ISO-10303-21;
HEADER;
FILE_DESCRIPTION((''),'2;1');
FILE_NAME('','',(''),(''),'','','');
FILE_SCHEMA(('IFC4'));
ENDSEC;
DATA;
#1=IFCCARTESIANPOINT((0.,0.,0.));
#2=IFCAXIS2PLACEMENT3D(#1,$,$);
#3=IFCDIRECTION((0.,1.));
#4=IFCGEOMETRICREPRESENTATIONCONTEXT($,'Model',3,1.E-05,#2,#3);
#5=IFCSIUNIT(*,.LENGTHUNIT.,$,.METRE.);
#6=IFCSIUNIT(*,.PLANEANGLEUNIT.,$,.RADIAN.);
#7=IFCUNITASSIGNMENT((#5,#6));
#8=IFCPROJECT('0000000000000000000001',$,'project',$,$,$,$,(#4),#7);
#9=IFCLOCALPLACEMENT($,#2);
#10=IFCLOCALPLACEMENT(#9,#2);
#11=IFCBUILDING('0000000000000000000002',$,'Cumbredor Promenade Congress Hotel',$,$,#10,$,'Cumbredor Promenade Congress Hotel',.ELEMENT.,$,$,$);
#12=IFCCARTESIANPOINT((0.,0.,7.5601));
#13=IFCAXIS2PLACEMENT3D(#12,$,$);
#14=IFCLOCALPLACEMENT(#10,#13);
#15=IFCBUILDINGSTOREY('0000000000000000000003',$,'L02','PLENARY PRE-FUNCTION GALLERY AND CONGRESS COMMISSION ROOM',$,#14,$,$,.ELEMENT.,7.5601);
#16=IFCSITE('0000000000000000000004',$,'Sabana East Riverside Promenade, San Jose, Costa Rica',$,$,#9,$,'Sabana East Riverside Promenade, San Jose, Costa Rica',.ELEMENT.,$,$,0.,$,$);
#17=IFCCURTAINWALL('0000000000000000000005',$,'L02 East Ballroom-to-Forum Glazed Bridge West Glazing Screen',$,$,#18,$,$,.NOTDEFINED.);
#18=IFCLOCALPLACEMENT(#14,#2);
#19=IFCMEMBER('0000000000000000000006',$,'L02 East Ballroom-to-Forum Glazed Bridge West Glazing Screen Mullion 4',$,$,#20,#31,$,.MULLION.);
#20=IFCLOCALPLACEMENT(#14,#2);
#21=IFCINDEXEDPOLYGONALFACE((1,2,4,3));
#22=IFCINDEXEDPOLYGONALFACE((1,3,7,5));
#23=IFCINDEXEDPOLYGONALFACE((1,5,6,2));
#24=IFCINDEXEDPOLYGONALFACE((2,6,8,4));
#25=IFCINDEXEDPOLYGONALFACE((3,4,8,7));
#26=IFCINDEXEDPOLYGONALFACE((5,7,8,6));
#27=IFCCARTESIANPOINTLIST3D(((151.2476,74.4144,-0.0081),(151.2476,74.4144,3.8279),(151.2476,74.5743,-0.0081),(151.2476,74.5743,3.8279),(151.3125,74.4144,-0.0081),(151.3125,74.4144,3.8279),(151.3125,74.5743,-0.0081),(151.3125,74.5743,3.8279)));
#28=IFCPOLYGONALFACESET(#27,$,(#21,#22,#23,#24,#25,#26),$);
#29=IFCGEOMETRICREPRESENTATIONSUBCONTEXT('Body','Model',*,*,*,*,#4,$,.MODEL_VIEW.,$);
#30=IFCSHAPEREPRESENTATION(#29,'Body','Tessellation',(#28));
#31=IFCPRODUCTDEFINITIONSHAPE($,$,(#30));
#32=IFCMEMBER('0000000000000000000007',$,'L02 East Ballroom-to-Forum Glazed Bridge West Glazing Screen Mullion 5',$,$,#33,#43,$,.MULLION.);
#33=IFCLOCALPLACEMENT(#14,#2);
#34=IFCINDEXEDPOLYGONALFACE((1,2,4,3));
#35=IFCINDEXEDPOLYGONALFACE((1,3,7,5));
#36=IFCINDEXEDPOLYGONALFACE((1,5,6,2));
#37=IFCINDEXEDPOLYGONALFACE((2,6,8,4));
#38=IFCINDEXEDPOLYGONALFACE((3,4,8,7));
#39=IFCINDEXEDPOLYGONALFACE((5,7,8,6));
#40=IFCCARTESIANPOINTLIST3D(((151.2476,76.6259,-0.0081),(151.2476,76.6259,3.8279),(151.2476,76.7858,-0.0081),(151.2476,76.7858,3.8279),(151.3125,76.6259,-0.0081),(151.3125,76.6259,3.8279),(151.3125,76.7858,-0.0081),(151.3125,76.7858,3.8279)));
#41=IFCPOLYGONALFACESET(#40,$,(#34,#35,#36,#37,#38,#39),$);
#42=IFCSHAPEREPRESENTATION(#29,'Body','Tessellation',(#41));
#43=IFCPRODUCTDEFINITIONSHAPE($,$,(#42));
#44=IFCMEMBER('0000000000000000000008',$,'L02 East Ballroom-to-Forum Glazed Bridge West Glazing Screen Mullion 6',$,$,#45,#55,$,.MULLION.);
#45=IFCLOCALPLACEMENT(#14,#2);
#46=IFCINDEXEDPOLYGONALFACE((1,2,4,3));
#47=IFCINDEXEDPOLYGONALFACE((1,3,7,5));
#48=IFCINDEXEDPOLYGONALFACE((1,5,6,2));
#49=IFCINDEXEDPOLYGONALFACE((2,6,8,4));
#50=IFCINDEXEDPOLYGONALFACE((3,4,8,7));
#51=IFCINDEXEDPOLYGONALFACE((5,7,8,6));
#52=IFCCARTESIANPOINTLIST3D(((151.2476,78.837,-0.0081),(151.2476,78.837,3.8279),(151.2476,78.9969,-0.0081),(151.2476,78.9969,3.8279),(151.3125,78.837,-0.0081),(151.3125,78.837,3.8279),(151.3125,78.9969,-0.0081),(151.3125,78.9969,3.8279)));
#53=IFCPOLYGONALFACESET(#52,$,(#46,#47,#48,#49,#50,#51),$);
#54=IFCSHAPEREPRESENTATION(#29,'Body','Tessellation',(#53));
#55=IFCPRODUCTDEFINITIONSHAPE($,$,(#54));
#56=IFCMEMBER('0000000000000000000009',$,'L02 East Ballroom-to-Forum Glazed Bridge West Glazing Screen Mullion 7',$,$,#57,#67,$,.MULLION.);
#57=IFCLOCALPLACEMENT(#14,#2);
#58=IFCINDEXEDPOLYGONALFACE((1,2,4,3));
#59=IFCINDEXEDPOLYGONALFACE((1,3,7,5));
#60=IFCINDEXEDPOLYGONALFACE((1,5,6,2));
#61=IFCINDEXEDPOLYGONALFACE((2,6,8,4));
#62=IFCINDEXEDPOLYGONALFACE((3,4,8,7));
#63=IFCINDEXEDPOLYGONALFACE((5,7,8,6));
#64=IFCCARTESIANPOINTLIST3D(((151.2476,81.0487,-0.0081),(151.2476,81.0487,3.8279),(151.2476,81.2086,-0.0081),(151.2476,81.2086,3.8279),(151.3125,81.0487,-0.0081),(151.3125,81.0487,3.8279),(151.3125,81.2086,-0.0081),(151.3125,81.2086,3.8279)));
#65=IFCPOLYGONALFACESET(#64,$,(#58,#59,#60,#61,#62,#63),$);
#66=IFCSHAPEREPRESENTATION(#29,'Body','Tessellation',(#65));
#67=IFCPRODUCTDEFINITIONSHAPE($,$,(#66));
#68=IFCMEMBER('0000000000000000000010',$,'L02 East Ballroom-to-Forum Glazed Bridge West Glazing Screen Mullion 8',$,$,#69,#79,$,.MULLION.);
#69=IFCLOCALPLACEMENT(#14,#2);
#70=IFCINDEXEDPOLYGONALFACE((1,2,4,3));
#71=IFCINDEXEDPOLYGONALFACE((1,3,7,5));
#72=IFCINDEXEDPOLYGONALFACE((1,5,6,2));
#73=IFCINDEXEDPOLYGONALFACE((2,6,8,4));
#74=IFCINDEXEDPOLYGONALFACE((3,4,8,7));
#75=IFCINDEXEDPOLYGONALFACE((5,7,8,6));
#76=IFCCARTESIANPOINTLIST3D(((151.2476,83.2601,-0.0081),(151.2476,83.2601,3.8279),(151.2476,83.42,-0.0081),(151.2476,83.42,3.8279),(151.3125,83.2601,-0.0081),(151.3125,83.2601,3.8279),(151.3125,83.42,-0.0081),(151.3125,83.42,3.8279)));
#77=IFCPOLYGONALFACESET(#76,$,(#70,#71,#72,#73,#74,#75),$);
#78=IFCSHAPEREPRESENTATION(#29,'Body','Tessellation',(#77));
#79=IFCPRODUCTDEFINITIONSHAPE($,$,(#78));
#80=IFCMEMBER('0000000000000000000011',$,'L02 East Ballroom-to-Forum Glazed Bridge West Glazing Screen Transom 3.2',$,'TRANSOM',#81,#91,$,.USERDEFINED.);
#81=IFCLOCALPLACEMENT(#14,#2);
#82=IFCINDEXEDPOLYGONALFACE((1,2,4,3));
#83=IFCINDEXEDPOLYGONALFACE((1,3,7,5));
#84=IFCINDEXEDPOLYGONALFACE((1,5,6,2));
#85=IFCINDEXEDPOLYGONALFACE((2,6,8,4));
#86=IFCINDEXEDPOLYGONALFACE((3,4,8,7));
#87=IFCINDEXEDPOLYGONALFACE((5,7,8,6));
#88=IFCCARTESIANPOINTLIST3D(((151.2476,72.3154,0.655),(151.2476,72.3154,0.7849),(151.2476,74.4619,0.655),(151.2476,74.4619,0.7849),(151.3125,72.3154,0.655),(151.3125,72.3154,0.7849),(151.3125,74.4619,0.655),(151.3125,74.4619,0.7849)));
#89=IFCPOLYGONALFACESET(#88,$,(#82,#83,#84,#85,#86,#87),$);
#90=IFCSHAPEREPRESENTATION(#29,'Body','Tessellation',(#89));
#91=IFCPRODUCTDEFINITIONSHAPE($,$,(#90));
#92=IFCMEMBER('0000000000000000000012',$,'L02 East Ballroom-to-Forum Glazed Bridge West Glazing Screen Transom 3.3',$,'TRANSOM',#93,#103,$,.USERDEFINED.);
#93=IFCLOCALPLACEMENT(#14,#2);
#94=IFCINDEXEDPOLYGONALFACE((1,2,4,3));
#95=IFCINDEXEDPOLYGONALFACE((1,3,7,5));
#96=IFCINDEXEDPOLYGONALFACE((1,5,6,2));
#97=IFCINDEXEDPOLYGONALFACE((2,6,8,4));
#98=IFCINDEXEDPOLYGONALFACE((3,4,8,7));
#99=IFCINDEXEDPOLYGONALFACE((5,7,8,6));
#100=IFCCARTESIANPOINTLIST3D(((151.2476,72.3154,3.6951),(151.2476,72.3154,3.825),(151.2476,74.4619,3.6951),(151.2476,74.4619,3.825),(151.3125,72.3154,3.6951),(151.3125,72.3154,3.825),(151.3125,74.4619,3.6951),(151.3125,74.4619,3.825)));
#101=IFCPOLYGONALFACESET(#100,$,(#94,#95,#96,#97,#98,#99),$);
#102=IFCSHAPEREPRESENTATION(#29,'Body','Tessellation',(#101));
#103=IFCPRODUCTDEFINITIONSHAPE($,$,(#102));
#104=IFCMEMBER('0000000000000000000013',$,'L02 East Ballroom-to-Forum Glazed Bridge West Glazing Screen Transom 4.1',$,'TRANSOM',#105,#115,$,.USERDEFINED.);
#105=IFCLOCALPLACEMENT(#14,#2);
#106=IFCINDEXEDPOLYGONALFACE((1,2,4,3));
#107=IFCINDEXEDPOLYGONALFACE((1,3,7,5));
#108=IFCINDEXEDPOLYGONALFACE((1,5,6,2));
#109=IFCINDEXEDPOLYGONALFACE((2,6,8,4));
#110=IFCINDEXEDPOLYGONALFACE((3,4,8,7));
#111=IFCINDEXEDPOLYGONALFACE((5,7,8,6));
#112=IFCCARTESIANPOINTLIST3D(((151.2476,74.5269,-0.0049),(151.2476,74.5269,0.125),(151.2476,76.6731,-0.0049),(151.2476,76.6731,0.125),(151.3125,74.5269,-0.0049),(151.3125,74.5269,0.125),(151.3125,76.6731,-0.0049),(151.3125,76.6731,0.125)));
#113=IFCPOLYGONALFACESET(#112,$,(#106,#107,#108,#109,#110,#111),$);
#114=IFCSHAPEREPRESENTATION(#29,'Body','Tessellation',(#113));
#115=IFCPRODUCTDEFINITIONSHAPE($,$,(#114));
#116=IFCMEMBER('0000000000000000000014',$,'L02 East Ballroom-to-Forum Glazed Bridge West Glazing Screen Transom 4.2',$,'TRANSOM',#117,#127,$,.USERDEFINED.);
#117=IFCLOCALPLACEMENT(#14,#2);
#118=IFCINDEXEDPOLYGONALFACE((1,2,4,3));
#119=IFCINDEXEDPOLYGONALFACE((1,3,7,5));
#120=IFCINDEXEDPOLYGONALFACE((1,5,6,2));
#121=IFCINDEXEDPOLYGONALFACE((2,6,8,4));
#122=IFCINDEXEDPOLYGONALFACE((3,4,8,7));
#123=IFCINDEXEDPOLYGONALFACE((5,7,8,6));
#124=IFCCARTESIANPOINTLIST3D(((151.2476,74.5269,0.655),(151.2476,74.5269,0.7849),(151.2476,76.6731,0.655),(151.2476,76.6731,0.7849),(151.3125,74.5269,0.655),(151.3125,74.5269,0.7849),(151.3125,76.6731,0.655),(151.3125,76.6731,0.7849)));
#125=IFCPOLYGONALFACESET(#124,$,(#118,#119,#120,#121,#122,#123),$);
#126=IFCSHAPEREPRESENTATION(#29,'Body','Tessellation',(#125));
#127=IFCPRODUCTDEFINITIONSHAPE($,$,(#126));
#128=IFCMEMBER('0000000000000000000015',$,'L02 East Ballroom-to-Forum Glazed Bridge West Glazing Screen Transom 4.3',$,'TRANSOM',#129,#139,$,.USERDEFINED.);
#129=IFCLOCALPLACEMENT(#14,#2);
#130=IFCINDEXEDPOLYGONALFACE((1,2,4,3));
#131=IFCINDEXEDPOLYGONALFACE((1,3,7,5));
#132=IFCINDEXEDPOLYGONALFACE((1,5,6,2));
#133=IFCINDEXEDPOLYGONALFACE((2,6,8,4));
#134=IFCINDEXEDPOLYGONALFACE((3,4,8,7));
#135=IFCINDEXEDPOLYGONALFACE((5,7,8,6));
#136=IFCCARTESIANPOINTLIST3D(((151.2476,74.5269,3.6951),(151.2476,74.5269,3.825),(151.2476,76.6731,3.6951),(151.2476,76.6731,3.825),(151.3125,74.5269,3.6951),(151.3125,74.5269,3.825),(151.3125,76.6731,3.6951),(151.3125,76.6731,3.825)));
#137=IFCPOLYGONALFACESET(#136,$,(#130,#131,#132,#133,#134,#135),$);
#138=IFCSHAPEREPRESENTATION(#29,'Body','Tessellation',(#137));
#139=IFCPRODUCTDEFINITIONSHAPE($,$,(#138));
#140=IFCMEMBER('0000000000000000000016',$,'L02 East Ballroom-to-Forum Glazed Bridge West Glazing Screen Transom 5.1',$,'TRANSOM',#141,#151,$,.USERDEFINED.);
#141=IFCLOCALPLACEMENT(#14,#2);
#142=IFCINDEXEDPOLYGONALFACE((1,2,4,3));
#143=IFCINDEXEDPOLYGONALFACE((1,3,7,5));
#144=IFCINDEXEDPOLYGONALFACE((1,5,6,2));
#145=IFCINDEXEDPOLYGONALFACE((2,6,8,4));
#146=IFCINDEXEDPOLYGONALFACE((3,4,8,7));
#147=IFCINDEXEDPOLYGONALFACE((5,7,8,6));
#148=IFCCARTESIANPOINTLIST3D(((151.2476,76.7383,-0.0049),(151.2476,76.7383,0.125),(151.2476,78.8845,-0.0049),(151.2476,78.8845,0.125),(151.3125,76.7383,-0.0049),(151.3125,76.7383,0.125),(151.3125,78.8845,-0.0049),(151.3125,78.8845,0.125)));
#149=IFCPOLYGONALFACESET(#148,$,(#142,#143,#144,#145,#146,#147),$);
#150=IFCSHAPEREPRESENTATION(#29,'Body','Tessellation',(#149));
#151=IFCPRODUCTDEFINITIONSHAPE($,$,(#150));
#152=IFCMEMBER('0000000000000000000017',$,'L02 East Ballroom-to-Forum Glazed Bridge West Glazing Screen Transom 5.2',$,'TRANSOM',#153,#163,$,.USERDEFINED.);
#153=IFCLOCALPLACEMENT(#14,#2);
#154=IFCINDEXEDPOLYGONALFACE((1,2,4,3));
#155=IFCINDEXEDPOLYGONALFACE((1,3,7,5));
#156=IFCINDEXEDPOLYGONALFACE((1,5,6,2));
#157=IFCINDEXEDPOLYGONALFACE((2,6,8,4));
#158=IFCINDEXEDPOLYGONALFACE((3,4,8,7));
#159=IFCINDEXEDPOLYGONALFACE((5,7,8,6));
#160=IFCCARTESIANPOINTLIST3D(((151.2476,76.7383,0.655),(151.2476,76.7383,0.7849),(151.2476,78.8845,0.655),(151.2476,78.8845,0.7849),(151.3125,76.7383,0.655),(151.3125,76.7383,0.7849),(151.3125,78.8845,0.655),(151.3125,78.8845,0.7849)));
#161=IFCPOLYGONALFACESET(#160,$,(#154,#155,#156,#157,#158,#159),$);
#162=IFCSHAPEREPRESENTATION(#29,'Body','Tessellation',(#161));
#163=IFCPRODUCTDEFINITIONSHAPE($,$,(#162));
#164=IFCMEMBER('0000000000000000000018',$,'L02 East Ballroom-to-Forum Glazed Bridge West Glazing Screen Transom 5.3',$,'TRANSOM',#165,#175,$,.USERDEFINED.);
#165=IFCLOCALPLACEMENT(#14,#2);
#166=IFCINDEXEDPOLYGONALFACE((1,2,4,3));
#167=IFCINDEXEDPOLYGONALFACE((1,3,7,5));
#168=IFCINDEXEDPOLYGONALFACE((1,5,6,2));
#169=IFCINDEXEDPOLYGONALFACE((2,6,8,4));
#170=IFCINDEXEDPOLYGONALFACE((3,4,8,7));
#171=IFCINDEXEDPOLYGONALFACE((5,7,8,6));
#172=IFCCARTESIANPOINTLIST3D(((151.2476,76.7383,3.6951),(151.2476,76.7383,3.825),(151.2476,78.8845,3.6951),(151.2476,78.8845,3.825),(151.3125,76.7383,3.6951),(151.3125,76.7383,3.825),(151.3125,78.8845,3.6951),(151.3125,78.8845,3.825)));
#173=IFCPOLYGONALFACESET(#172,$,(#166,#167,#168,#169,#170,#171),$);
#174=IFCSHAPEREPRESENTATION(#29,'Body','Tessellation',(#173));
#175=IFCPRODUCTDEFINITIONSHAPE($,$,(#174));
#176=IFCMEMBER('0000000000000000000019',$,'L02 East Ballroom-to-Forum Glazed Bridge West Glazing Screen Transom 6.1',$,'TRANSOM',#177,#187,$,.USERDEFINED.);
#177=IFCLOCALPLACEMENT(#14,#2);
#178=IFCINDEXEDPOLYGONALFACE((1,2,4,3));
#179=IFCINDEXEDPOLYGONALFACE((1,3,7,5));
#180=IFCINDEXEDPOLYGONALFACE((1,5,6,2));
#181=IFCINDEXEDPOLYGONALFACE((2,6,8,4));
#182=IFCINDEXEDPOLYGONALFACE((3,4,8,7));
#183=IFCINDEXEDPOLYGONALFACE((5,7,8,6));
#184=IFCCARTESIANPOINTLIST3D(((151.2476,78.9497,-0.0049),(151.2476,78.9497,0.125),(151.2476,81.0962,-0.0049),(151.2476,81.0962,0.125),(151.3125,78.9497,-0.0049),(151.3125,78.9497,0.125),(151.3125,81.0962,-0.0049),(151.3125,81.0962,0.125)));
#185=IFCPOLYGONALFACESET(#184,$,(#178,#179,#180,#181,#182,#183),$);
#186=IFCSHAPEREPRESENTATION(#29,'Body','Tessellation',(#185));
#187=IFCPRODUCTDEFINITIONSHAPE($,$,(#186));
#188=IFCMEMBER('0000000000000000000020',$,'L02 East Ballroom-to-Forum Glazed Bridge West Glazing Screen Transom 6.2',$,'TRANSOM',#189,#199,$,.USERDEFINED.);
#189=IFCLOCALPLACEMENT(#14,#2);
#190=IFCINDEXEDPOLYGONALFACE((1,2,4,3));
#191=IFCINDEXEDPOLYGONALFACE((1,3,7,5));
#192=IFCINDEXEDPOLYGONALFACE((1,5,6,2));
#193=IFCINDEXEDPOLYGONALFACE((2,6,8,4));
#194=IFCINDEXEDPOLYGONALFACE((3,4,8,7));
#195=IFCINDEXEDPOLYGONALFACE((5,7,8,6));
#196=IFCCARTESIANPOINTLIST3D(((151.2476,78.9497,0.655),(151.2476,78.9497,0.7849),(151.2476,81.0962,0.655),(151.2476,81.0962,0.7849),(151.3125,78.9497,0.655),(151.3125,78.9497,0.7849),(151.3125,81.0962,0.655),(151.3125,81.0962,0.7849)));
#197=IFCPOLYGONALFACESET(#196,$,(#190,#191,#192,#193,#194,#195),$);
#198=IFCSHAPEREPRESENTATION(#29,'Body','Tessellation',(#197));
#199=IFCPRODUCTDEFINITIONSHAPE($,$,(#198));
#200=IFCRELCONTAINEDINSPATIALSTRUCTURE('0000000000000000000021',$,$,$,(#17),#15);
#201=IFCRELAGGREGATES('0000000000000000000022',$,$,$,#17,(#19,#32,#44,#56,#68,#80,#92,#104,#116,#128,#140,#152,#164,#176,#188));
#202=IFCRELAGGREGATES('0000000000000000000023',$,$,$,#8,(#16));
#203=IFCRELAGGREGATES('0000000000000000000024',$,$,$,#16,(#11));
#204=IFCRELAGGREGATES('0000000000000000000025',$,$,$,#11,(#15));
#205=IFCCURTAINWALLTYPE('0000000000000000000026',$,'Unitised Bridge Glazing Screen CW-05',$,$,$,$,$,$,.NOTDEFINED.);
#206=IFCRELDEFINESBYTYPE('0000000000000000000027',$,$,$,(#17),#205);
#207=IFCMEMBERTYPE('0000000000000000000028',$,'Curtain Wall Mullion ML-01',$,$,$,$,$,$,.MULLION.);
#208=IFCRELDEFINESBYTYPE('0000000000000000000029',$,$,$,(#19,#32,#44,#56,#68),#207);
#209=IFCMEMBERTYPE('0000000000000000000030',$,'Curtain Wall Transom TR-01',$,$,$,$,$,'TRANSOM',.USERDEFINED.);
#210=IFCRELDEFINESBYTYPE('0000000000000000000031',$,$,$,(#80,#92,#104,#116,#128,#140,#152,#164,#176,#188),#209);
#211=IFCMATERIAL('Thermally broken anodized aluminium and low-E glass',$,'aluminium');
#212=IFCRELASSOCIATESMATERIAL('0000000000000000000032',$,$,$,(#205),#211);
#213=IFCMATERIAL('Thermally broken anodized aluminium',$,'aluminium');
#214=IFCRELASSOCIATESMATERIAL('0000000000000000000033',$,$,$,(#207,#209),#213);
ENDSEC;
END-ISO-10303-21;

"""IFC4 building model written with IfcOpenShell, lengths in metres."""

from ifc_helpers import new_model, si_unit, direction, frame, origin, origin_2d, place, context, subcontext, project, spatial, rectangle, extrude, material, material_profile, profile_set, type_object, element, aggregate, save


model = new_model("IFC4")

# Units and contexts
model_context = context("Model", 3, precision=1e-05, world=origin(), true_north=direction((0.0, 1.0)))
body_context = subcontext(model_context, "Body", "Model", "MODEL_VIEW")
ifc_project = project(units=[si_unit("LENGTHUNIT", "METRE"), si_unit("PLANEANGLEUNIT", "RADIAN")], contexts=[model_context])

# Site, building, storey
site_placement = place(None, origin())
site = spatial("IfcSite", under=ifc_project, at=site_placement, Name="Sabana East Riverside Promenade, San Jose, Costa Rica", LongName="Sabana East Riverside Promenade, San Jose, Costa Rica", CompositionType="ELEMENT", RefElevation=0.0)
building_placement = place(site_placement, origin())
building = spatial("IfcBuilding", under=site, at=building_placement, Name="Cumbredor Promenade Congress Hotel", LongName="Cumbredor Promenade Congress Hotel", CompositionType="ELEMENT")
storey_placement = place(building_placement, frame((0.0, 0.0, 7.5601)))
storey = spatial("IfcBuildingStorey", under=building, at=storey_placement, Name="L02", Description="PLENARY PRE-FUNCTION GALLERY AND CONGRESS COMMISSION ROOM", CompositionType="ELEMENT", Elevation=7.5601)

# Curtain wall, members
ifc_material_1 = material(Name="Thermally broken anodized aluminium and low-E glass", Category="aluminium")
curtain_wall_type = type_object("IfcCurtainWallType", Name="Unitised Bridge Glazing Screen CW-05", PredefinedType="NOTDEFINED", material=ifc_material_1)
curtain_wall_placement = place(storey_placement, origin())
curtain_wall = element("IfcCurtainWall", 1, at=curtain_wall_placement, inside=storey, type_object=curtain_wall_type, Name="L02 East Ballroom-to-Forum Glazed Bridge West Glazing Screen", PredefinedType="NOTDEFINED")
ifc_material_2 = material(Name="Thermally broken anodized aluminium", Category="aluminium")
ifc_material_profile_1 = material_profile(ifc_material_2, rectangle(XDim=0.0649, YDim=0.1599, at=origin_2d()), Name="ALU MULLION 65x160")
ifc_profile_set_1 = profile_set([ifc_material_profile_1], Name="Thermally broken anodized aluminium")
member_type_1 = type_object("IfcMemberType", Name="Curtain Wall Mullion ML-01", PredefinedType="MULLION", material=ifc_profile_set_1)
member_1_placement = place(storey_placement, frame((151.28, 74.4944, -0.0081), z_axis=(0.0, 0.0, 1.0), x_axis=(1.0, 0.0, 0.0)))
member_1 = element("IfcMember", 2, at=member_1_placement, type_object=member_type_1, Name="L02 East Ballroom-to-Forum Glazed Bridge West Glazing Screen Mullion 4", PredefinedType="MULLION", context=body_context, shape_type="SweptSolid", body=[
    extrude(rectangle(XDim=0.0649, YDim=0.1599, at=origin_2d()), origin(), (0.0, 0.0, 1.0), 3.8359),
])
member_2_placement = place(storey_placement, frame((151.28, 76.7058, -0.0081), z_axis=(0.0, 0.0, 1.0), x_axis=(1.0, 0.0, 0.0)))
member_2 = element("IfcMember", 3, at=member_2_placement, type_object=member_type_1, Name="L02 East Ballroom-to-Forum Glazed Bridge West Glazing Screen Mullion 5", PredefinedType="MULLION", context=body_context, shape_type="SweptSolid", body=[
    extrude(rectangle(XDim=0.0649, YDim=0.1599, at=origin_2d()), origin(), (0.0, 0.0, 1.0), 3.8359),
])
member_3_placement = place(storey_placement, frame((151.28, 78.917, -0.0081), z_axis=(0.0, 0.0, 1.0), x_axis=(1.0, 0.0, 0.0)))
member_3 = element("IfcMember", 4, at=member_3_placement, type_object=member_type_1, Name="L02 East Ballroom-to-Forum Glazed Bridge West Glazing Screen Mullion 6", PredefinedType="MULLION", context=body_context, shape_type="SweptSolid", body=[
    extrude(rectangle(XDim=0.0649, YDim=0.1599, at=origin_2d()), origin(), (0.0, 0.0, 1.0), 3.8359),
])
member_4_placement = place(storey_placement, frame((151.28, 81.1287, -0.0081), z_axis=(0.0, 0.0, 1.0), x_axis=(1.0, 0.0, 0.0)))
member_4 = element("IfcMember", 5, at=member_4_placement, type_object=member_type_1, Name="L02 East Ballroom-to-Forum Glazed Bridge West Glazing Screen Mullion 7", PredefinedType="MULLION", context=body_context, shape_type="SweptSolid", body=[
    extrude(rectangle(XDim=0.0649, YDim=0.1599, at=origin_2d()), origin(), (0.0, 0.0, 1.0), 3.8359),
])
member_5_placement = place(storey_placement, frame((151.28, 83.3401, -0.0081), z_axis=(0.0, 0.0, 1.0), x_axis=(1.0, 0.0, 0.0)))
member_5 = element("IfcMember", 6, at=member_5_placement, type_object=member_type_1, Name="L02 East Ballroom-to-Forum Glazed Bridge West Glazing Screen Mullion 8", PredefinedType="MULLION", context=body_context, shape_type="SweptSolid", body=[
    extrude(rectangle(XDim=0.0649, YDim=0.1599, at=origin_2d()), origin(), (0.0, 0.0, 1.0), 3.8359),
])
ifc_material_profile_2 = material_profile(ifc_material_2, rectangle(XDim=0.0649, YDim=0.1299, at=origin_2d()), Name="ALU TRANSOM 65x130")
ifc_profile_set_2 = profile_set([ifc_material_profile_2], Name="Thermally broken anodized aluminium")
member_type_2 = type_object("IfcMemberType", Name="Curtain Wall Transom TR-01", ElementType="TRANSOM", PredefinedType="USERDEFINED", material=ifc_profile_set_2)
member_6_placement = place(storey_placement, frame((151.28, 72.3154, 0.72), z_axis=(0.0, 1.0, 0.0), x_axis=(-1.0, 0.0, 0.0)))
member_6 = element("IfcMember", 7, at=member_6_placement, type_object=member_type_2, Name="L02 East Ballroom-to-Forum Glazed Bridge West Glazing Screen Transom 3.2", ObjectType="TRANSOM", PredefinedType="USERDEFINED", context=body_context, shape_type="SweptSolid", body=[
    extrude(rectangle(XDim=0.0649, YDim=0.1299, at=origin_2d()), origin(), (0.0, 0.0, 1.0), 2.1465),
])
member_7_placement = place(storey_placement, frame((151.28, 72.3154, 3.76), z_axis=(0.0, 1.0, 0.0), x_axis=(-1.0, 0.0, 0.0)))
member_7 = element("IfcMember", 8, at=member_7_placement, type_object=member_type_2, Name="L02 East Ballroom-to-Forum Glazed Bridge West Glazing Screen Transom 3.3", ObjectType="TRANSOM", PredefinedType="USERDEFINED", context=body_context, shape_type="SweptSolid", body=[
    extrude(rectangle(XDim=0.0649, YDim=0.1299, at=origin_2d()), origin(), (0.0, 0.0, 1.0), 2.1465),
])
member_8_placement = place(storey_placement, frame((151.28, 74.5269, 0.0601), z_axis=(0.0, 1.0, 0.0), x_axis=(-1.0, 0.0, 0.0)))
member_8 = element("IfcMember", 9, at=member_8_placement, type_object=member_type_2, Name="L02 East Ballroom-to-Forum Glazed Bridge West Glazing Screen Transom 4.1", ObjectType="TRANSOM", PredefinedType="USERDEFINED", context=body_context, shape_type="SweptSolid", body=[
    extrude(rectangle(XDim=0.0649, YDim=0.1299, at=origin_2d()), origin(), (0.0, 0.0, 1.0), 2.1462),
])
member_9_placement = place(storey_placement, frame((151.28, 74.5269, 0.72), z_axis=(0.0, 1.0, 0.0), x_axis=(-1.0, 0.0, 0.0)))
member_9 = element("IfcMember", 10, at=member_9_placement, type_object=member_type_2, Name="L02 East Ballroom-to-Forum Glazed Bridge West Glazing Screen Transom 4.2", ObjectType="TRANSOM", PredefinedType="USERDEFINED", context=body_context, shape_type="SweptSolid", body=[
    extrude(rectangle(XDim=0.0649, YDim=0.1299, at=origin_2d()), origin(), (0.0, 0.0, 1.0), 2.1462),
])
member_10_placement = place(storey_placement, frame((151.28, 74.5269, 3.76), z_axis=(0.0, 1.0, 0.0), x_axis=(-1.0, 0.0, 0.0)))
member_10 = element("IfcMember", 11, at=member_10_placement, type_object=member_type_2, Name="L02 East Ballroom-to-Forum Glazed Bridge West Glazing Screen Transom 4.3", ObjectType="TRANSOM", PredefinedType="USERDEFINED", context=body_context, shape_type="SweptSolid", body=[
    extrude(rectangle(XDim=0.0649, YDim=0.1299, at=origin_2d()), origin(), (0.0, 0.0, 1.0), 2.1462),
])
member_11_placement = place(storey_placement, frame((151.28, 76.7383, 0.0601), z_axis=(0.0, 1.0, 0.0), x_axis=(-1.0, 0.0, 0.0)))
member_11 = element("IfcMember", 12, at=member_11_placement, type_object=member_type_2, Name="L02 East Ballroom-to-Forum Glazed Bridge West Glazing Screen Transom 5.1", ObjectType="TRANSOM", PredefinedType="USERDEFINED", context=body_context, shape_type="SweptSolid", body=[
    extrude(rectangle(XDim=0.0649, YDim=0.1299, at=origin_2d()), origin(), (0.0, 0.0, 1.0), 2.1462),
])
member_12_placement = place(storey_placement, frame((151.28, 76.7383, 0.72), z_axis=(0.0, 1.0, 0.0), x_axis=(-1.0, 0.0, 0.0)))
member_12 = element("IfcMember", 13, at=member_12_placement, type_object=member_type_2, Name="L02 East Ballroom-to-Forum Glazed Bridge West Glazing Screen Transom 5.2", ObjectType="TRANSOM", PredefinedType="USERDEFINED", context=body_context, shape_type="SweptSolid", body=[
    extrude(rectangle(XDim=0.0649, YDim=0.1299, at=origin_2d()), origin(), (0.0, 0.0, 1.0), 2.1462),
])
member_13_placement = place(storey_placement, frame((151.28, 76.7383, 3.76), z_axis=(0.0, 1.0, 0.0), x_axis=(-1.0, 0.0, 0.0)))
member_13 = element("IfcMember", 14, at=member_13_placement, type_object=member_type_2, Name="L02 East Ballroom-to-Forum Glazed Bridge West Glazing Screen Transom 5.3", ObjectType="TRANSOM", PredefinedType="USERDEFINED", context=body_context, shape_type="SweptSolid", body=[
    extrude(rectangle(XDim=0.0649, YDim=0.1299, at=origin_2d()), origin(), (0.0, 0.0, 1.0), 2.1462),
])
member_14_placement = place(storey_placement, frame((151.28, 78.9497, 0.0601), z_axis=(0.0, 1.0, 0.0), x_axis=(-1.0, 0.0, 0.0)))
member_14 = element("IfcMember", 15, at=member_14_placement, type_object=member_type_2, Name="L02 East Ballroom-to-Forum Glazed Bridge West Glazing Screen Transom 6.1", ObjectType="TRANSOM", PredefinedType="USERDEFINED", context=body_context, shape_type="SweptSolid", body=[
    extrude(rectangle(XDim=0.0649, YDim=0.1299, at=origin_2d()), origin(), (0.0, 0.0, 1.0), 2.1465),
])
member_15_placement = place(storey_placement, frame((151.28, 78.9497, 0.72), z_axis=(0.0, 1.0, 0.0), x_axis=(-1.0, 0.0, 0.0)))
member_15 = element("IfcMember", 16, at=member_15_placement, type_object=member_type_2, Name="L02 East Ballroom-to-Forum Glazed Bridge West Glazing Screen Transom 6.2", ObjectType="TRANSOM", PredefinedType="USERDEFINED", context=body_context, shape_type="SweptSolid", body=[
    extrude(rectangle(XDim=0.0649, YDim=0.1299, at=origin_2d()), origin(), (0.0, 0.0, 1.0), 2.1465),
])

aggregate(curtain_wall, [member_1, member_2, member_3, member_4, member_5, member_6, member_7, member_8, member_9, member_10, member_11, member_12, member_13, member_14, member_15])

save(model, "model.ifc")
